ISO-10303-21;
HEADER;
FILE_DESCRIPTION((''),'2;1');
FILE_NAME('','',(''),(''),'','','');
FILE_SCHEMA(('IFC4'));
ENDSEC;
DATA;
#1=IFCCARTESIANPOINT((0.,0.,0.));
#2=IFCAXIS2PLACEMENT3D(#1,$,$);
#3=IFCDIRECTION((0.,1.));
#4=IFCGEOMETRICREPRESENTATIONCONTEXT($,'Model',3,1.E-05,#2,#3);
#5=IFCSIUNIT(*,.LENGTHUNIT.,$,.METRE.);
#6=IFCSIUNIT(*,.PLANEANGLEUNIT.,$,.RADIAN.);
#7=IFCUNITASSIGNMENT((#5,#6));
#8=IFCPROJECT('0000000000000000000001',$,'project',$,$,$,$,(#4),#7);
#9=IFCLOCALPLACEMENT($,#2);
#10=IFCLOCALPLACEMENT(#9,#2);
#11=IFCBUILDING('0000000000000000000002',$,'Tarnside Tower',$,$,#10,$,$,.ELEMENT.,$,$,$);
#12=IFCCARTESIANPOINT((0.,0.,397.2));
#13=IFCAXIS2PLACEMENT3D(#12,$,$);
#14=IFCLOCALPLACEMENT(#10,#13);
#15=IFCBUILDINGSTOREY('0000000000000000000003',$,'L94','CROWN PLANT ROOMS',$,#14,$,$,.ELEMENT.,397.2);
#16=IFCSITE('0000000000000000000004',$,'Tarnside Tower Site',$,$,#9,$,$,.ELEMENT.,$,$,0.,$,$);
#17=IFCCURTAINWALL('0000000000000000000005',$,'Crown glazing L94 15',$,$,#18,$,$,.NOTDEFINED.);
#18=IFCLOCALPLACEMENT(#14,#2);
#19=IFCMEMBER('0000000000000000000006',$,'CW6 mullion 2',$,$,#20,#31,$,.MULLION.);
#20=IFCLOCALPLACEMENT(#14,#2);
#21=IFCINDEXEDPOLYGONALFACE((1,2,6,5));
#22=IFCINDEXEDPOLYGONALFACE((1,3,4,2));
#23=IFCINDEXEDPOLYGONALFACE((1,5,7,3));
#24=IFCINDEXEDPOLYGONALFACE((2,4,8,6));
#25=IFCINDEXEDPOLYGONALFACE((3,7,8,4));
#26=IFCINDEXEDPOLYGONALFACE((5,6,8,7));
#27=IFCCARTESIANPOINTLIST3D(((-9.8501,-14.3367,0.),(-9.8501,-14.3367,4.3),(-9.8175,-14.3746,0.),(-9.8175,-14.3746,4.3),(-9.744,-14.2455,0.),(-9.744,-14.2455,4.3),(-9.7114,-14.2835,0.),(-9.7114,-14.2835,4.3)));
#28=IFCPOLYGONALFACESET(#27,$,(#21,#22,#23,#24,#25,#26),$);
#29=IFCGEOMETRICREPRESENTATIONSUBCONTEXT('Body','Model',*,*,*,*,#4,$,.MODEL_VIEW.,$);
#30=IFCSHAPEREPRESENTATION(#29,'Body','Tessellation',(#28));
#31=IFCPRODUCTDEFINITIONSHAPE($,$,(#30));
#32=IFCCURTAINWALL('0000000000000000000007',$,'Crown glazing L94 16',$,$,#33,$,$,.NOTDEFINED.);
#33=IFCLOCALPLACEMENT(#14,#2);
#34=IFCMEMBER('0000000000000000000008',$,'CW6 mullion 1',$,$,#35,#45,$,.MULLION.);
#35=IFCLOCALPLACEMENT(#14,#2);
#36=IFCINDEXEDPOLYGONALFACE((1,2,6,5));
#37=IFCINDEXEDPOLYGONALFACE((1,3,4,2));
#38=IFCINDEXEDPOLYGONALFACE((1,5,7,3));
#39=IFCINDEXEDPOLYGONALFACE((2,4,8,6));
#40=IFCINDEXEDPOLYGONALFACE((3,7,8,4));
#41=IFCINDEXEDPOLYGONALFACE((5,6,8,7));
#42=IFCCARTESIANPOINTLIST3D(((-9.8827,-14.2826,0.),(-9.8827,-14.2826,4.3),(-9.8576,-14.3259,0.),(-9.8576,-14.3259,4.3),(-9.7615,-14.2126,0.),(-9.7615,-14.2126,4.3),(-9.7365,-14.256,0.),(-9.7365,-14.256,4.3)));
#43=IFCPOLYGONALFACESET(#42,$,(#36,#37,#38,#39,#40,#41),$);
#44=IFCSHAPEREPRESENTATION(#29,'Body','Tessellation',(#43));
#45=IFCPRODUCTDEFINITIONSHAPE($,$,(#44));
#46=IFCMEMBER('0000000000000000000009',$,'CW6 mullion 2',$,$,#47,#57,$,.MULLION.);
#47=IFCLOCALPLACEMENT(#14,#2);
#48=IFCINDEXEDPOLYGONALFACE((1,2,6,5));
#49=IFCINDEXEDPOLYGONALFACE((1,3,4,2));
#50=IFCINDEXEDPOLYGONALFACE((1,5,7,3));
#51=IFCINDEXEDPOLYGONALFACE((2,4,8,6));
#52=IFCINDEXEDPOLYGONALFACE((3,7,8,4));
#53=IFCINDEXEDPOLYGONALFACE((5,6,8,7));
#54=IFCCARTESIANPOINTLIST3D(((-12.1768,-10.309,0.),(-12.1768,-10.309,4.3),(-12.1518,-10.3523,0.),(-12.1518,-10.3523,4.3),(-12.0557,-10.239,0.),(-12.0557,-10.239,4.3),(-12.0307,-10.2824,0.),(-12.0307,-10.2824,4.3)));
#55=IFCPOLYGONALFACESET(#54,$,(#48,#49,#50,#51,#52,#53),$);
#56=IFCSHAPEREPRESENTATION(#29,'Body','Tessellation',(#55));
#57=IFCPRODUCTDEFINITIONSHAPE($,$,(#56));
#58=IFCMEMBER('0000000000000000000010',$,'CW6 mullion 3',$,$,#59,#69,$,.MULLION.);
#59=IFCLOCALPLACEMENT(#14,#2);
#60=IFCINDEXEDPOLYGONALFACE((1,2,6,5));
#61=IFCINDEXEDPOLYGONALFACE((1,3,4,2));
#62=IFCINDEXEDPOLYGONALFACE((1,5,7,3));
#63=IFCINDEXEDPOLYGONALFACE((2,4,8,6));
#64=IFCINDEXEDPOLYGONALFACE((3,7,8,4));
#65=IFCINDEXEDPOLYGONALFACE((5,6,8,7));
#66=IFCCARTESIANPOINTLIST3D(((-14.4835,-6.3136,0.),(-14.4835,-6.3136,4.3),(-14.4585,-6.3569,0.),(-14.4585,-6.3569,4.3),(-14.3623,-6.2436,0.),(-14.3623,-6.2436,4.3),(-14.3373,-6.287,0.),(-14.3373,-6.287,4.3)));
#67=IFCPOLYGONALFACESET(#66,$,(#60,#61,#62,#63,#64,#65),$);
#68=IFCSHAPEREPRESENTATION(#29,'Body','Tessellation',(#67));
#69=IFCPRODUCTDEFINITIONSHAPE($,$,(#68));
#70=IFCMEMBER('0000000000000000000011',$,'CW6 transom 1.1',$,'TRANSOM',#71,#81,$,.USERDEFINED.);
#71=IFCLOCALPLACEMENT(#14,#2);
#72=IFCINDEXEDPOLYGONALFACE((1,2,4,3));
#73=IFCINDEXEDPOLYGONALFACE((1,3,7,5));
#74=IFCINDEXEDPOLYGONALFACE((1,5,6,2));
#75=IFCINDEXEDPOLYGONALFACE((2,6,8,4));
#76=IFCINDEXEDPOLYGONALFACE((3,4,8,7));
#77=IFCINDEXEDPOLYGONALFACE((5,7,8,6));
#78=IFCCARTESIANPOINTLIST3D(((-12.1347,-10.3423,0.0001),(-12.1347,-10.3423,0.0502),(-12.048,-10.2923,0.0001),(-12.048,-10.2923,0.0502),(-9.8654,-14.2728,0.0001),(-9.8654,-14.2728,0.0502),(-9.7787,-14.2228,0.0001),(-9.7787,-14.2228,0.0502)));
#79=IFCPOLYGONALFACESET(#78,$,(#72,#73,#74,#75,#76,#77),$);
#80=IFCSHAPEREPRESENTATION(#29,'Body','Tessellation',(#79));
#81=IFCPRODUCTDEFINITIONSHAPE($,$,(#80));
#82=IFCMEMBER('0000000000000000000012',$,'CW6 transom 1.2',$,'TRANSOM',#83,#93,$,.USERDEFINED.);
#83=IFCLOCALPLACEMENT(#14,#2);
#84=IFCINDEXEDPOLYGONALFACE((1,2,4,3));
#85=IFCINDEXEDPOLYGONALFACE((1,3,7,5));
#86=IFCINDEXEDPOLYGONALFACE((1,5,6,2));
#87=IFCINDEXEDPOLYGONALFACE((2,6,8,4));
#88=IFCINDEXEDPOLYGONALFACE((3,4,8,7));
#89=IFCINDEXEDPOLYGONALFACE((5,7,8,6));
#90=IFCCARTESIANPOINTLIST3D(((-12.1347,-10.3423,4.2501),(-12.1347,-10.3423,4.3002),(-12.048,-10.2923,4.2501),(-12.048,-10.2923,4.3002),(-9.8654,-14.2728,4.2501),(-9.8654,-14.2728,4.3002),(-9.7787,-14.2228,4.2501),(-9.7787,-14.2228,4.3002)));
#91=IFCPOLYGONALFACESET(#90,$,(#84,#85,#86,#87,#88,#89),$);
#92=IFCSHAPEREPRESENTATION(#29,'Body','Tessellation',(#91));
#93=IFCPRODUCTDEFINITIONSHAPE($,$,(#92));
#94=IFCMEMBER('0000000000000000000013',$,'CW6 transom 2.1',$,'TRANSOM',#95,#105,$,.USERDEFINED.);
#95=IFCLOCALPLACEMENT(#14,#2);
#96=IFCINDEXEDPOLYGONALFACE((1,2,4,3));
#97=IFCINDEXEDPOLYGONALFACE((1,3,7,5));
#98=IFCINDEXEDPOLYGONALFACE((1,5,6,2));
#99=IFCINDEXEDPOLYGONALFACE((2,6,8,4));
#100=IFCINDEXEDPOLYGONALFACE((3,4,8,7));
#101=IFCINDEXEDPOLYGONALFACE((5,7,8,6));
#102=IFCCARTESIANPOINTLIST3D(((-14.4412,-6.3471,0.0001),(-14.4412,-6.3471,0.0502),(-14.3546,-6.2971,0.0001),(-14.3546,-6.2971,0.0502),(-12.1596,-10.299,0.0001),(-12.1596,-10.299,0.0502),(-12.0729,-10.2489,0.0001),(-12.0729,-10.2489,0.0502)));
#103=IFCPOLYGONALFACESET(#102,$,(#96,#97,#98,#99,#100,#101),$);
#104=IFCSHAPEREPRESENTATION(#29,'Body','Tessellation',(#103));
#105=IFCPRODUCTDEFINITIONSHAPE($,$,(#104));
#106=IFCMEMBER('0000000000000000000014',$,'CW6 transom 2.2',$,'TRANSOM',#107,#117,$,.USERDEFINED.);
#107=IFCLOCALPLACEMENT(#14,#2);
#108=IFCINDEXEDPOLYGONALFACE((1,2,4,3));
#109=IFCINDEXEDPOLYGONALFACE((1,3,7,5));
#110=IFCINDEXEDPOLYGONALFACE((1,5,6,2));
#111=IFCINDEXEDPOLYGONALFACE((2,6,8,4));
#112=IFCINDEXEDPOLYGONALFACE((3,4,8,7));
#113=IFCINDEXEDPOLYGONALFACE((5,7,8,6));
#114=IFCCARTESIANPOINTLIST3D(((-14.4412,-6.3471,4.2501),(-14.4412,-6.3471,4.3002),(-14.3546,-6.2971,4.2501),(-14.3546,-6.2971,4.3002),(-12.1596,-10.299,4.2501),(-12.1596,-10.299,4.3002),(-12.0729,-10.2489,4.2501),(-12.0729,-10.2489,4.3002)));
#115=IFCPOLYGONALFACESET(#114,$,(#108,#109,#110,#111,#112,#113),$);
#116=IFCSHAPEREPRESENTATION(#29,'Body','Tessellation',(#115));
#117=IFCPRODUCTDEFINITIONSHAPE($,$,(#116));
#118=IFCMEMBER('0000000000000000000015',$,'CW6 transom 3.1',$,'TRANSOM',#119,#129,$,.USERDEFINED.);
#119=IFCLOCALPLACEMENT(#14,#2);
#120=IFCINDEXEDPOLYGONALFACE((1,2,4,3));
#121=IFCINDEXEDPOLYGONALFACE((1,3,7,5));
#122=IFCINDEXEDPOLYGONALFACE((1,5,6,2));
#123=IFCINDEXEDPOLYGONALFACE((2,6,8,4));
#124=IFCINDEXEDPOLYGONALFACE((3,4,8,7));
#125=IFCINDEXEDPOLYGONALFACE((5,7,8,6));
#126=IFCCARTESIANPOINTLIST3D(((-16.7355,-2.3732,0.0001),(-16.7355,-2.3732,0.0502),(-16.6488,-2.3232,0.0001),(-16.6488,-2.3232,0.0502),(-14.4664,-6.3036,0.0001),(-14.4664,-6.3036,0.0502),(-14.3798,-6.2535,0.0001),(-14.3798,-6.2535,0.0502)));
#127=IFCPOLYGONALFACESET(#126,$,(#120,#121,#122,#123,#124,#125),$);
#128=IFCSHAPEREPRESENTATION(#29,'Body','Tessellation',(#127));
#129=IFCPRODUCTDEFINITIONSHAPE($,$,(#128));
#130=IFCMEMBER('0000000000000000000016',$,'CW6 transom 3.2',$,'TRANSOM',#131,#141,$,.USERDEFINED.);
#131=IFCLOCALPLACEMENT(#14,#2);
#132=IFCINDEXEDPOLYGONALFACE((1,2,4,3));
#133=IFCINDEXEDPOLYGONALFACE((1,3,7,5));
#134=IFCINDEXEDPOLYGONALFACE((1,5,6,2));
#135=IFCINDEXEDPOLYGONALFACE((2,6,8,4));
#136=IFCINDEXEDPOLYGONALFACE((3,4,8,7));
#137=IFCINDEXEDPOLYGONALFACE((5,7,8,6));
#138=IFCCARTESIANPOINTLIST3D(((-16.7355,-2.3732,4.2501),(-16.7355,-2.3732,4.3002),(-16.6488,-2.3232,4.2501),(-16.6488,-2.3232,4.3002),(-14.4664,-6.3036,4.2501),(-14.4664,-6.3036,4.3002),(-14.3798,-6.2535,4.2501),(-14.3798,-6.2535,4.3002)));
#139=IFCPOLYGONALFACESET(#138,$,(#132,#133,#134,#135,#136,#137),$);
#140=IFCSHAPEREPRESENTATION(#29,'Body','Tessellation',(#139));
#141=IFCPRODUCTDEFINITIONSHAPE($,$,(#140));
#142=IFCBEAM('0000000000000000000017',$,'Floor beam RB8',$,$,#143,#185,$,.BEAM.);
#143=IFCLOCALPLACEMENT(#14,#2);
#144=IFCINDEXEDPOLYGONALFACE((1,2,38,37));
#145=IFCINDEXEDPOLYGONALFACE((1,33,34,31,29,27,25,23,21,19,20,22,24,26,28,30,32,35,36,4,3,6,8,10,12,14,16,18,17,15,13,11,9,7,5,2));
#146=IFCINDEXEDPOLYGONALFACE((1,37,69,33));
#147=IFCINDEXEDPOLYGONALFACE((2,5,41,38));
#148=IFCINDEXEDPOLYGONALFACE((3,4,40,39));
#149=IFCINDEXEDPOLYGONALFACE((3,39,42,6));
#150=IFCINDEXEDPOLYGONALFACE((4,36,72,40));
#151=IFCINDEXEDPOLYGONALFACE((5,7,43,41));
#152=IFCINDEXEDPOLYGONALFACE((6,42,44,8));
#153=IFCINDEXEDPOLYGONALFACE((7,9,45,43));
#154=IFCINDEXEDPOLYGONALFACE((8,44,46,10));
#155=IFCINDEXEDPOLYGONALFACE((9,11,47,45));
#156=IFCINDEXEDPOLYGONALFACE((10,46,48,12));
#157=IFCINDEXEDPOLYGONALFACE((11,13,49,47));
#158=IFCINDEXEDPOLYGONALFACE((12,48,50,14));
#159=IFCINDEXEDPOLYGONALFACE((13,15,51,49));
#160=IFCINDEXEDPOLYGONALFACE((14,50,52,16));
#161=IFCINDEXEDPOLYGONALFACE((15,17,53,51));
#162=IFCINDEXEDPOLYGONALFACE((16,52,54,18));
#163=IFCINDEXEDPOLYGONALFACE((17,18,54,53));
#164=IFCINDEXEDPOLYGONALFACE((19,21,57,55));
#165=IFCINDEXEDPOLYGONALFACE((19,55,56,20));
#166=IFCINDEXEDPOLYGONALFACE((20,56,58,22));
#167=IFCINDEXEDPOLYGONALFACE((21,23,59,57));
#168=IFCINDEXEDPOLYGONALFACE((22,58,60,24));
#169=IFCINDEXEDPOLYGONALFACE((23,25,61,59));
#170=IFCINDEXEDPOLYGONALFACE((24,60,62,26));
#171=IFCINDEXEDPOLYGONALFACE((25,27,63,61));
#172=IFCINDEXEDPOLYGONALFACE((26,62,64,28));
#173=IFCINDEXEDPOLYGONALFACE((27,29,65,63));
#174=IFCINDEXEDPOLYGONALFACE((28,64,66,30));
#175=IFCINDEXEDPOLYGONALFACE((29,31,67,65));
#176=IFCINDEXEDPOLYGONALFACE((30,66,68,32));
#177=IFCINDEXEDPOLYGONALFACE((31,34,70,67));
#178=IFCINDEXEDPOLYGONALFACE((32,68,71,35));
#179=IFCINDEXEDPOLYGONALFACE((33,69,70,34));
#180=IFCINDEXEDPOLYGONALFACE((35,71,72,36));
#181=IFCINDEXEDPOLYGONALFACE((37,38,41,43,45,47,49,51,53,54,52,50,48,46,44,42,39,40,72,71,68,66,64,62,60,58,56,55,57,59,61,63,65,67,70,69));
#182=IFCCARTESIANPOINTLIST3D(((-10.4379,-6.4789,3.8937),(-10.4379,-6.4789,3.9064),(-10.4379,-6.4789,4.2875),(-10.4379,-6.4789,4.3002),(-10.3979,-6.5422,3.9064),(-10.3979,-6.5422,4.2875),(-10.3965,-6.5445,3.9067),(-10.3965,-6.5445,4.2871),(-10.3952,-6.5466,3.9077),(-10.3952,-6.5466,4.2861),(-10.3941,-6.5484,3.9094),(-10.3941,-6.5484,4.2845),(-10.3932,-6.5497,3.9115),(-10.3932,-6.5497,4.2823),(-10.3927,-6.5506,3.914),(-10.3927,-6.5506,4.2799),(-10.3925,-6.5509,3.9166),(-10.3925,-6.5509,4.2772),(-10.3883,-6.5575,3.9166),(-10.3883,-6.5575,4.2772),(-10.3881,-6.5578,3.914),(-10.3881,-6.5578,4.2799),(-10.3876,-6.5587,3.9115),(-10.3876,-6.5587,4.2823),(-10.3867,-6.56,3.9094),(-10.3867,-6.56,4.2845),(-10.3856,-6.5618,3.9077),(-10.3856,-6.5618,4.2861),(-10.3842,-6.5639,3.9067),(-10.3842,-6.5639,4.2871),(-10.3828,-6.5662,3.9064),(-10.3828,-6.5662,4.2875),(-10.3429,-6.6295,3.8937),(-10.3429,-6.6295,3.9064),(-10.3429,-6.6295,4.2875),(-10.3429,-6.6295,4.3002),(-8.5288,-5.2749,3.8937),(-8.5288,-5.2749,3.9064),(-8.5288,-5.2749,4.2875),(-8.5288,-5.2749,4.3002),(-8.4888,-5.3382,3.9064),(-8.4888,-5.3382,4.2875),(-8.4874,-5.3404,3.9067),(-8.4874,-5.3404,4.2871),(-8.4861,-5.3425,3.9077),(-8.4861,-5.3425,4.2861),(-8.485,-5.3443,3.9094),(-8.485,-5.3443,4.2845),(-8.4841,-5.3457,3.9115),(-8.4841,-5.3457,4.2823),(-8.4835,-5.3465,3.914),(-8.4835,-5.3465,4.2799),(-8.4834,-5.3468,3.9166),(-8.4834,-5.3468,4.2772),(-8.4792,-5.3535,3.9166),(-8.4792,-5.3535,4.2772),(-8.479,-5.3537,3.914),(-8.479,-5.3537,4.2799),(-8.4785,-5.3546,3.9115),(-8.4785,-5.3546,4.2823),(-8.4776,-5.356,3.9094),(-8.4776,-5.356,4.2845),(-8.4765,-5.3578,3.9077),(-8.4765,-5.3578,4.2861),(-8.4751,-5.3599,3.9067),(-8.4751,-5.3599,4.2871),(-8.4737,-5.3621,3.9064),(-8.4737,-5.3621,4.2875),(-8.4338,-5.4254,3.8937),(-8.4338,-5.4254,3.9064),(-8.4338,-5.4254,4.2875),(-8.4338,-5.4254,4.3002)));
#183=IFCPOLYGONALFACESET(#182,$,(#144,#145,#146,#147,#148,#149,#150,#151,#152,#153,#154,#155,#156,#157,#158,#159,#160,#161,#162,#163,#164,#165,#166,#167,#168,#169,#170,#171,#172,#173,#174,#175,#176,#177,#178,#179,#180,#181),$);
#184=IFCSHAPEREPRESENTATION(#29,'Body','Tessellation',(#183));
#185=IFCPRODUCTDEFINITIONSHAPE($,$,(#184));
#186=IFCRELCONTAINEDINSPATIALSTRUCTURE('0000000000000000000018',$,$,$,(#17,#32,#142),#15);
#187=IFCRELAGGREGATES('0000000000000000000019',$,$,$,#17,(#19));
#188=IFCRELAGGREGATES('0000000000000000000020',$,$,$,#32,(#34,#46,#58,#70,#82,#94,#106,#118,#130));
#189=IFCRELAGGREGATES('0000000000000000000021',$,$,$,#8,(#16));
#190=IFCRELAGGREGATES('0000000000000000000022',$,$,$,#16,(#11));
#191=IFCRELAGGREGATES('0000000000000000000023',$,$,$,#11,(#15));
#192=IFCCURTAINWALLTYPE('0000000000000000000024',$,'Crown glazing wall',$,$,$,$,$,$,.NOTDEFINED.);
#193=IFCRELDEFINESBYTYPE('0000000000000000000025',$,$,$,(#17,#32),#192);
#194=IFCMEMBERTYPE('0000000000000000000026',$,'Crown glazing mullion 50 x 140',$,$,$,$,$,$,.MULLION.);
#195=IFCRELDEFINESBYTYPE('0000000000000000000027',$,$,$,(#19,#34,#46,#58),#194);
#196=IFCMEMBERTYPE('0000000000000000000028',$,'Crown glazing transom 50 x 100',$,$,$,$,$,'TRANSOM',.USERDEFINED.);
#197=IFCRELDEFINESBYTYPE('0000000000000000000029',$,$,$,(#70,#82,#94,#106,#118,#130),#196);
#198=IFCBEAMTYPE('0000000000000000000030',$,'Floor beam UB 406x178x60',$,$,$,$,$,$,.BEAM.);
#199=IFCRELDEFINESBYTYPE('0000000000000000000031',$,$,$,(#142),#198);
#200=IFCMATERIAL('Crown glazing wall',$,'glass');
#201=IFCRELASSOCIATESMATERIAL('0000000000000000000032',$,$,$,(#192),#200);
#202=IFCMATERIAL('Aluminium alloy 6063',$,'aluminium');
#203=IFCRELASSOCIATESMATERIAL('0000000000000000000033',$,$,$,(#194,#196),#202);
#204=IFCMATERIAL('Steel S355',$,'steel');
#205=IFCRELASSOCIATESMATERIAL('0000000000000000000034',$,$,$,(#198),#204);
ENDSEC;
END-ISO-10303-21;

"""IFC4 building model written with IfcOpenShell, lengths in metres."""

from ifc_helpers import new_model, si_unit, direction, frame, origin, origin_2d, place, context, subcontext, project, spatial, rectangle, i_section, extrude, material, material_profile, profile_set, type_object, element, aggregate, save


model = new_model("IFC4")

# Units and contexts
model_context = context("Model", 3, precision=1e-05, world=origin(), true_north=direction((0.0, 1.0)))
body_context = subcontext(model_context, "Body", "Model", "MODEL_VIEW")
ifc_project = project(units=[si_unit("LENGTHUNIT", "METRE"), si_unit("PLANEANGLEUNIT", "RADIAN")], contexts=[model_context])

# Site, building, storey
site_placement = place(None, origin())
site = spatial("IfcSite", under=ifc_project, at=site_placement, Name="Tarnside Tower Site", CompositionType="ELEMENT", RefElevation=0.0)
building_placement = place(site_placement, origin())
building = spatial("IfcBuilding", under=site, at=building_placement, Name="Tarnside Tower", CompositionType="ELEMENT")
storey_placement = place(building_placement, frame((0.0, 0.0, 397.2)))
storey = spatial("IfcBuildingStorey", under=building, at=storey_placement, Name="L94", Description="CROWN PLANT ROOMS", CompositionType="ELEMENT", Elevation=397.2)

# Curtain wall, member
ifc_material_1 = material(Name="Crown glazing wall", Category="glass")
curtain_wall_type = type_object("IfcCurtainWallType", Name="Crown glazing wall", PredefinedType="NOTDEFINED", material=ifc_material_1)
curtain_wall_1_placement = place(storey_placement, origin())
curtain_wall_1 = element("IfcCurtainWall", 1, at=curtain_wall_1_placement, inside=storey, type_object=curtain_wall_type, Name="Crown glazing L94 15", PredefinedType="NOTDEFINED")
ifc_material_2 = material(Name="Aluminium alloy 6063", Category="aluminium")
ifc_material_profile_1 = material_profile(ifc_material_2, rectangle(XDim=0.1399, YDim=0.05, at=origin_2d()), Name="Crown glazing mullion 50 x 140")
ifc_profile_set_1 = profile_set([ifc_material_profile_1], Name="Aluminium alloy 6063")
member_type_1 = type_object("IfcMemberType", Name="Crown glazing mullion 50 x 140", PredefinedType="MULLION", material=ifc_profile_set_1)
member_1_placement = place(storey_placement, frame((-9.7808, -14.3101, 0.0), z_axis=(0.0, 0.0, 1.0), x_axis=(-0.758514, -0.651657, 0.0)))
member_1 = element("IfcMember", 2, at=member_1_placement, type_object=member_type_1, Name="CW6 mullion 2", PredefinedType="MULLION", context=body_context, shape_type="SweptSolid", body=[
    extrude(rectangle(XDim=0.1399, YDim=0.05, at=origin_2d()), origin(), (0.0, 0.0, 1.0), 4.3),
])

# Curtain wall, members
curtain_wall_2_placement = place(storey_placement, origin())
curtain_wall_2 = element("IfcCurtainWall", 3, at=curtain_wall_2_placement, inside=storey, type_object=curtain_wall_type, Name="Crown glazing L94 16", PredefinedType="NOTDEFINED")
member_2_placement = place(storey_placement, frame((-9.8096, -14.2693, 0.0), z_axis=(0.0, 0.0, 1.0), x_axis=(-0.866025, -0.5, 0.0)))
member_2 = element("IfcMember", 4, at=member_2_placement, type_object=member_type_1, Name="CW6 mullion 1", PredefinedType="MULLION", context=body_context, shape_type="SweptSolid", body=[
    extrude(rectangle(XDim=0.1399, YDim=0.05, at=origin_2d()), origin(), (0.0, 0.0, 1.0), 4.3),
])
member_3_placement = place(storey_placement, frame((-12.1038, -10.2957, 0.0), z_axis=(0.0, 0.0, 1.0), x_axis=(-0.866025, -0.5, 0.0)))
member_3 = element("IfcMember", 5, at=member_3_placement, type_object=member_type_1, Name="CW6 mullion 2", PredefinedType="MULLION", context=body_context, shape_type="SweptSolid", body=[
    extrude(rectangle(XDim=0.1399, YDim=0.05, at=origin_2d()), origin(), (0.0, 0.0, 1.0), 4.3),
])
member_4_placement = place(storey_placement, frame((-14.4104, -6.3003, 0.0), z_axis=(0.0, 0.0, 1.0), x_axis=(-0.866025, -0.5, 0.0)))
member_4 = element("IfcMember", 6, at=member_4_placement, type_object=member_type_1, Name="CW6 mullion 3", PredefinedType="MULLION", context=body_context, shape_type="SweptSolid", body=[
    extrude(rectangle(XDim=0.1399, YDim=0.05, at=origin_2d()), origin(), (0.0, 0.0, 1.0), 4.3),
])
ifc_material_profile_2 = material_profile(ifc_material_2, rectangle(XDim=0.1001, YDim=0.05, at=origin_2d()), Name="Crown glazing transom 50 x 100")
ifc_profile_set_2 = profile_set([ifc_material_profile_2], Name="Aluminium alloy 6063")
member_type_2 = type_object("IfcMemberType", Name="Crown glazing transom 50 x 100", ElementType="TRANSOM", PredefinedType="USERDEFINED", material=ifc_profile_set_2)
member_5_placement = place(storey_placement, frame((-9.822, -14.2478, 0.0251), z_axis=(-0.50001, 0.86602, 0.0), x_axis=(-0.86602, -0.50001, 0.0)))
member_5 = element("IfcMember", 7, at=member_5_placement, type_object=member_type_2, Name="CW6 transom 1.1", ObjectType="TRANSOM", PredefinedType="USERDEFINED", context=body_context, shape_type="SweptSolid", body=[
    extrude(rectangle(XDim=0.1001, YDim=0.05, at=origin_2d()), origin(), (0.0, 0.0, 1.0), 4.5386),
])
member_6_placement = place(storey_placement, frame((-9.822, -14.2478, 4.2751), z_axis=(-0.50001, 0.86602, 0.0), x_axis=(-0.86602, -0.50001, 0.0)))
member_6 = element("IfcMember", 8, at=member_6_placement, type_object=member_type_2, Name="CW6 transom 1.2", ObjectType="TRANSOM", PredefinedType="USERDEFINED", context=body_context, shape_type="SweptSolid", body=[
    extrude(rectangle(XDim=0.1001, YDim=0.05, at=origin_2d()), origin(), (0.0, 0.0, 1.0), 4.5386),
])
member_7_placement = place(storey_placement, frame((-12.1162, -10.2739, 0.0251), z_axis=(-0.500017, 0.866015, 0.0), x_axis=(-0.866015, -0.500017, 0.0)))
member_7 = element("IfcMember", 9, at=member_7_placement, type_object=member_type_2, Name="CW6 transom 2.1", ObjectType="TRANSOM", PredefinedType="USERDEFINED", context=body_context, shape_type="SweptSolid", body=[
    extrude(rectangle(XDim=0.1001, YDim=0.05, at=origin_2d()), origin(), (0.0, 0.0, 1.0), 4.5632),
])
member_8_placement = place(storey_placement, frame((-12.1162, -10.2739, 4.2751), z_axis=(-0.500017, 0.866015, 0.0), x_axis=(-0.866015, -0.500017, 0.0)))
member_8 = element("IfcMember", 10, at=member_8_placement, type_object=member_type_2, Name="CW6 transom 2.2", ObjectType="TRANSOM", PredefinedType="USERDEFINED", context=body_context, shape_type="SweptSolid", body=[
    extrude(rectangle(XDim=0.1001, YDim=0.05, at=origin_2d()), origin(), (0.0, 0.0, 1.0), 4.5632),
])
member_9_placement = place(storey_placement, frame((-14.4231, -6.2786, 0.0251), z_axis=(-0.499969, 0.866043, 0.0), x_axis=(-0.866043, -0.499969, 0.0)))
member_9 = element("IfcMember", 11, at=member_9_placement, type_object=member_type_2, Name="CW6 transom 3.1", ObjectType="TRANSOM", PredefinedType="USERDEFINED", context=body_context, shape_type="SweptSolid", body=[
    extrude(rectangle(XDim=0.1001, YDim=0.05, at=origin_2d()), origin(), (0.0, 0.0, 1.0), 4.5383),
])
member_10_placement = place(storey_placement, frame((-14.4231, -6.2786, 4.2751), z_axis=(-0.499969, 0.866043, 0.0), x_axis=(-0.866043, -0.499969, 0.0)))
member_10 = element("IfcMember", 12, at=member_10_placement, type_object=member_type_2, Name="CW6 transom 3.2", ObjectType="TRANSOM", PredefinedType="USERDEFINED", context=body_context, shape_type="SweptSolid", body=[
    extrude(rectangle(XDim=0.1001, YDim=0.05, at=origin_2d()), origin(), (0.0, 0.0, 1.0), 4.5383),
])

# Beam
ifc_material_3 = material(Name="Steel S355", Category="steel")
ifc_material_profile_3 = material_profile(ifc_material_3, i_section(OverallWidth=0.178, OverallDepth=0.4065, WebThickness=0.0078, FlangeThickness=0.0127, FilletRadius=0.0103, at=origin_2d()), Name="UB 406x178x60")
ifc_profile_set_3 = profile_set([ifc_material_profile_3], Name="Steel S355")
beam_type_1 = type_object("IfcBeamType", Name="Floor beam UB 406x178x60", PredefinedType="BEAM", material=ifc_profile_set_3)
beam_1_placement = place(storey_placement, frame((-10.3904, -6.5542, 4.0969), z_axis=(0.845828, 0.533456, 0.0), x_axis=(-0.533456, 0.845828, 0.0)))
element("IfcBeam", 13, at=beam_1_placement, inside=storey, type_object=beam_type_1, Name="Floor beam RB8", PredefinedType="BEAM", context=body_context, shape_type="SweptSolid", body=[
    extrude(i_section(OverallWidth=0.178, OverallDepth=0.4065, WebThickness=0.0078, FlangeThickness=0.0127, FilletRadius=0.0103, at=origin_2d()), origin(), (0.0, 0.0, 1.0), 2.2571),
])

aggregate(curtain_wall_1, [member_1])
aggregate(curtain_wall_2, [member_2, member_3, member_4, member_5, member_6, member_7, member_8, member_9, member_10])

save(model, "model.ifc")
